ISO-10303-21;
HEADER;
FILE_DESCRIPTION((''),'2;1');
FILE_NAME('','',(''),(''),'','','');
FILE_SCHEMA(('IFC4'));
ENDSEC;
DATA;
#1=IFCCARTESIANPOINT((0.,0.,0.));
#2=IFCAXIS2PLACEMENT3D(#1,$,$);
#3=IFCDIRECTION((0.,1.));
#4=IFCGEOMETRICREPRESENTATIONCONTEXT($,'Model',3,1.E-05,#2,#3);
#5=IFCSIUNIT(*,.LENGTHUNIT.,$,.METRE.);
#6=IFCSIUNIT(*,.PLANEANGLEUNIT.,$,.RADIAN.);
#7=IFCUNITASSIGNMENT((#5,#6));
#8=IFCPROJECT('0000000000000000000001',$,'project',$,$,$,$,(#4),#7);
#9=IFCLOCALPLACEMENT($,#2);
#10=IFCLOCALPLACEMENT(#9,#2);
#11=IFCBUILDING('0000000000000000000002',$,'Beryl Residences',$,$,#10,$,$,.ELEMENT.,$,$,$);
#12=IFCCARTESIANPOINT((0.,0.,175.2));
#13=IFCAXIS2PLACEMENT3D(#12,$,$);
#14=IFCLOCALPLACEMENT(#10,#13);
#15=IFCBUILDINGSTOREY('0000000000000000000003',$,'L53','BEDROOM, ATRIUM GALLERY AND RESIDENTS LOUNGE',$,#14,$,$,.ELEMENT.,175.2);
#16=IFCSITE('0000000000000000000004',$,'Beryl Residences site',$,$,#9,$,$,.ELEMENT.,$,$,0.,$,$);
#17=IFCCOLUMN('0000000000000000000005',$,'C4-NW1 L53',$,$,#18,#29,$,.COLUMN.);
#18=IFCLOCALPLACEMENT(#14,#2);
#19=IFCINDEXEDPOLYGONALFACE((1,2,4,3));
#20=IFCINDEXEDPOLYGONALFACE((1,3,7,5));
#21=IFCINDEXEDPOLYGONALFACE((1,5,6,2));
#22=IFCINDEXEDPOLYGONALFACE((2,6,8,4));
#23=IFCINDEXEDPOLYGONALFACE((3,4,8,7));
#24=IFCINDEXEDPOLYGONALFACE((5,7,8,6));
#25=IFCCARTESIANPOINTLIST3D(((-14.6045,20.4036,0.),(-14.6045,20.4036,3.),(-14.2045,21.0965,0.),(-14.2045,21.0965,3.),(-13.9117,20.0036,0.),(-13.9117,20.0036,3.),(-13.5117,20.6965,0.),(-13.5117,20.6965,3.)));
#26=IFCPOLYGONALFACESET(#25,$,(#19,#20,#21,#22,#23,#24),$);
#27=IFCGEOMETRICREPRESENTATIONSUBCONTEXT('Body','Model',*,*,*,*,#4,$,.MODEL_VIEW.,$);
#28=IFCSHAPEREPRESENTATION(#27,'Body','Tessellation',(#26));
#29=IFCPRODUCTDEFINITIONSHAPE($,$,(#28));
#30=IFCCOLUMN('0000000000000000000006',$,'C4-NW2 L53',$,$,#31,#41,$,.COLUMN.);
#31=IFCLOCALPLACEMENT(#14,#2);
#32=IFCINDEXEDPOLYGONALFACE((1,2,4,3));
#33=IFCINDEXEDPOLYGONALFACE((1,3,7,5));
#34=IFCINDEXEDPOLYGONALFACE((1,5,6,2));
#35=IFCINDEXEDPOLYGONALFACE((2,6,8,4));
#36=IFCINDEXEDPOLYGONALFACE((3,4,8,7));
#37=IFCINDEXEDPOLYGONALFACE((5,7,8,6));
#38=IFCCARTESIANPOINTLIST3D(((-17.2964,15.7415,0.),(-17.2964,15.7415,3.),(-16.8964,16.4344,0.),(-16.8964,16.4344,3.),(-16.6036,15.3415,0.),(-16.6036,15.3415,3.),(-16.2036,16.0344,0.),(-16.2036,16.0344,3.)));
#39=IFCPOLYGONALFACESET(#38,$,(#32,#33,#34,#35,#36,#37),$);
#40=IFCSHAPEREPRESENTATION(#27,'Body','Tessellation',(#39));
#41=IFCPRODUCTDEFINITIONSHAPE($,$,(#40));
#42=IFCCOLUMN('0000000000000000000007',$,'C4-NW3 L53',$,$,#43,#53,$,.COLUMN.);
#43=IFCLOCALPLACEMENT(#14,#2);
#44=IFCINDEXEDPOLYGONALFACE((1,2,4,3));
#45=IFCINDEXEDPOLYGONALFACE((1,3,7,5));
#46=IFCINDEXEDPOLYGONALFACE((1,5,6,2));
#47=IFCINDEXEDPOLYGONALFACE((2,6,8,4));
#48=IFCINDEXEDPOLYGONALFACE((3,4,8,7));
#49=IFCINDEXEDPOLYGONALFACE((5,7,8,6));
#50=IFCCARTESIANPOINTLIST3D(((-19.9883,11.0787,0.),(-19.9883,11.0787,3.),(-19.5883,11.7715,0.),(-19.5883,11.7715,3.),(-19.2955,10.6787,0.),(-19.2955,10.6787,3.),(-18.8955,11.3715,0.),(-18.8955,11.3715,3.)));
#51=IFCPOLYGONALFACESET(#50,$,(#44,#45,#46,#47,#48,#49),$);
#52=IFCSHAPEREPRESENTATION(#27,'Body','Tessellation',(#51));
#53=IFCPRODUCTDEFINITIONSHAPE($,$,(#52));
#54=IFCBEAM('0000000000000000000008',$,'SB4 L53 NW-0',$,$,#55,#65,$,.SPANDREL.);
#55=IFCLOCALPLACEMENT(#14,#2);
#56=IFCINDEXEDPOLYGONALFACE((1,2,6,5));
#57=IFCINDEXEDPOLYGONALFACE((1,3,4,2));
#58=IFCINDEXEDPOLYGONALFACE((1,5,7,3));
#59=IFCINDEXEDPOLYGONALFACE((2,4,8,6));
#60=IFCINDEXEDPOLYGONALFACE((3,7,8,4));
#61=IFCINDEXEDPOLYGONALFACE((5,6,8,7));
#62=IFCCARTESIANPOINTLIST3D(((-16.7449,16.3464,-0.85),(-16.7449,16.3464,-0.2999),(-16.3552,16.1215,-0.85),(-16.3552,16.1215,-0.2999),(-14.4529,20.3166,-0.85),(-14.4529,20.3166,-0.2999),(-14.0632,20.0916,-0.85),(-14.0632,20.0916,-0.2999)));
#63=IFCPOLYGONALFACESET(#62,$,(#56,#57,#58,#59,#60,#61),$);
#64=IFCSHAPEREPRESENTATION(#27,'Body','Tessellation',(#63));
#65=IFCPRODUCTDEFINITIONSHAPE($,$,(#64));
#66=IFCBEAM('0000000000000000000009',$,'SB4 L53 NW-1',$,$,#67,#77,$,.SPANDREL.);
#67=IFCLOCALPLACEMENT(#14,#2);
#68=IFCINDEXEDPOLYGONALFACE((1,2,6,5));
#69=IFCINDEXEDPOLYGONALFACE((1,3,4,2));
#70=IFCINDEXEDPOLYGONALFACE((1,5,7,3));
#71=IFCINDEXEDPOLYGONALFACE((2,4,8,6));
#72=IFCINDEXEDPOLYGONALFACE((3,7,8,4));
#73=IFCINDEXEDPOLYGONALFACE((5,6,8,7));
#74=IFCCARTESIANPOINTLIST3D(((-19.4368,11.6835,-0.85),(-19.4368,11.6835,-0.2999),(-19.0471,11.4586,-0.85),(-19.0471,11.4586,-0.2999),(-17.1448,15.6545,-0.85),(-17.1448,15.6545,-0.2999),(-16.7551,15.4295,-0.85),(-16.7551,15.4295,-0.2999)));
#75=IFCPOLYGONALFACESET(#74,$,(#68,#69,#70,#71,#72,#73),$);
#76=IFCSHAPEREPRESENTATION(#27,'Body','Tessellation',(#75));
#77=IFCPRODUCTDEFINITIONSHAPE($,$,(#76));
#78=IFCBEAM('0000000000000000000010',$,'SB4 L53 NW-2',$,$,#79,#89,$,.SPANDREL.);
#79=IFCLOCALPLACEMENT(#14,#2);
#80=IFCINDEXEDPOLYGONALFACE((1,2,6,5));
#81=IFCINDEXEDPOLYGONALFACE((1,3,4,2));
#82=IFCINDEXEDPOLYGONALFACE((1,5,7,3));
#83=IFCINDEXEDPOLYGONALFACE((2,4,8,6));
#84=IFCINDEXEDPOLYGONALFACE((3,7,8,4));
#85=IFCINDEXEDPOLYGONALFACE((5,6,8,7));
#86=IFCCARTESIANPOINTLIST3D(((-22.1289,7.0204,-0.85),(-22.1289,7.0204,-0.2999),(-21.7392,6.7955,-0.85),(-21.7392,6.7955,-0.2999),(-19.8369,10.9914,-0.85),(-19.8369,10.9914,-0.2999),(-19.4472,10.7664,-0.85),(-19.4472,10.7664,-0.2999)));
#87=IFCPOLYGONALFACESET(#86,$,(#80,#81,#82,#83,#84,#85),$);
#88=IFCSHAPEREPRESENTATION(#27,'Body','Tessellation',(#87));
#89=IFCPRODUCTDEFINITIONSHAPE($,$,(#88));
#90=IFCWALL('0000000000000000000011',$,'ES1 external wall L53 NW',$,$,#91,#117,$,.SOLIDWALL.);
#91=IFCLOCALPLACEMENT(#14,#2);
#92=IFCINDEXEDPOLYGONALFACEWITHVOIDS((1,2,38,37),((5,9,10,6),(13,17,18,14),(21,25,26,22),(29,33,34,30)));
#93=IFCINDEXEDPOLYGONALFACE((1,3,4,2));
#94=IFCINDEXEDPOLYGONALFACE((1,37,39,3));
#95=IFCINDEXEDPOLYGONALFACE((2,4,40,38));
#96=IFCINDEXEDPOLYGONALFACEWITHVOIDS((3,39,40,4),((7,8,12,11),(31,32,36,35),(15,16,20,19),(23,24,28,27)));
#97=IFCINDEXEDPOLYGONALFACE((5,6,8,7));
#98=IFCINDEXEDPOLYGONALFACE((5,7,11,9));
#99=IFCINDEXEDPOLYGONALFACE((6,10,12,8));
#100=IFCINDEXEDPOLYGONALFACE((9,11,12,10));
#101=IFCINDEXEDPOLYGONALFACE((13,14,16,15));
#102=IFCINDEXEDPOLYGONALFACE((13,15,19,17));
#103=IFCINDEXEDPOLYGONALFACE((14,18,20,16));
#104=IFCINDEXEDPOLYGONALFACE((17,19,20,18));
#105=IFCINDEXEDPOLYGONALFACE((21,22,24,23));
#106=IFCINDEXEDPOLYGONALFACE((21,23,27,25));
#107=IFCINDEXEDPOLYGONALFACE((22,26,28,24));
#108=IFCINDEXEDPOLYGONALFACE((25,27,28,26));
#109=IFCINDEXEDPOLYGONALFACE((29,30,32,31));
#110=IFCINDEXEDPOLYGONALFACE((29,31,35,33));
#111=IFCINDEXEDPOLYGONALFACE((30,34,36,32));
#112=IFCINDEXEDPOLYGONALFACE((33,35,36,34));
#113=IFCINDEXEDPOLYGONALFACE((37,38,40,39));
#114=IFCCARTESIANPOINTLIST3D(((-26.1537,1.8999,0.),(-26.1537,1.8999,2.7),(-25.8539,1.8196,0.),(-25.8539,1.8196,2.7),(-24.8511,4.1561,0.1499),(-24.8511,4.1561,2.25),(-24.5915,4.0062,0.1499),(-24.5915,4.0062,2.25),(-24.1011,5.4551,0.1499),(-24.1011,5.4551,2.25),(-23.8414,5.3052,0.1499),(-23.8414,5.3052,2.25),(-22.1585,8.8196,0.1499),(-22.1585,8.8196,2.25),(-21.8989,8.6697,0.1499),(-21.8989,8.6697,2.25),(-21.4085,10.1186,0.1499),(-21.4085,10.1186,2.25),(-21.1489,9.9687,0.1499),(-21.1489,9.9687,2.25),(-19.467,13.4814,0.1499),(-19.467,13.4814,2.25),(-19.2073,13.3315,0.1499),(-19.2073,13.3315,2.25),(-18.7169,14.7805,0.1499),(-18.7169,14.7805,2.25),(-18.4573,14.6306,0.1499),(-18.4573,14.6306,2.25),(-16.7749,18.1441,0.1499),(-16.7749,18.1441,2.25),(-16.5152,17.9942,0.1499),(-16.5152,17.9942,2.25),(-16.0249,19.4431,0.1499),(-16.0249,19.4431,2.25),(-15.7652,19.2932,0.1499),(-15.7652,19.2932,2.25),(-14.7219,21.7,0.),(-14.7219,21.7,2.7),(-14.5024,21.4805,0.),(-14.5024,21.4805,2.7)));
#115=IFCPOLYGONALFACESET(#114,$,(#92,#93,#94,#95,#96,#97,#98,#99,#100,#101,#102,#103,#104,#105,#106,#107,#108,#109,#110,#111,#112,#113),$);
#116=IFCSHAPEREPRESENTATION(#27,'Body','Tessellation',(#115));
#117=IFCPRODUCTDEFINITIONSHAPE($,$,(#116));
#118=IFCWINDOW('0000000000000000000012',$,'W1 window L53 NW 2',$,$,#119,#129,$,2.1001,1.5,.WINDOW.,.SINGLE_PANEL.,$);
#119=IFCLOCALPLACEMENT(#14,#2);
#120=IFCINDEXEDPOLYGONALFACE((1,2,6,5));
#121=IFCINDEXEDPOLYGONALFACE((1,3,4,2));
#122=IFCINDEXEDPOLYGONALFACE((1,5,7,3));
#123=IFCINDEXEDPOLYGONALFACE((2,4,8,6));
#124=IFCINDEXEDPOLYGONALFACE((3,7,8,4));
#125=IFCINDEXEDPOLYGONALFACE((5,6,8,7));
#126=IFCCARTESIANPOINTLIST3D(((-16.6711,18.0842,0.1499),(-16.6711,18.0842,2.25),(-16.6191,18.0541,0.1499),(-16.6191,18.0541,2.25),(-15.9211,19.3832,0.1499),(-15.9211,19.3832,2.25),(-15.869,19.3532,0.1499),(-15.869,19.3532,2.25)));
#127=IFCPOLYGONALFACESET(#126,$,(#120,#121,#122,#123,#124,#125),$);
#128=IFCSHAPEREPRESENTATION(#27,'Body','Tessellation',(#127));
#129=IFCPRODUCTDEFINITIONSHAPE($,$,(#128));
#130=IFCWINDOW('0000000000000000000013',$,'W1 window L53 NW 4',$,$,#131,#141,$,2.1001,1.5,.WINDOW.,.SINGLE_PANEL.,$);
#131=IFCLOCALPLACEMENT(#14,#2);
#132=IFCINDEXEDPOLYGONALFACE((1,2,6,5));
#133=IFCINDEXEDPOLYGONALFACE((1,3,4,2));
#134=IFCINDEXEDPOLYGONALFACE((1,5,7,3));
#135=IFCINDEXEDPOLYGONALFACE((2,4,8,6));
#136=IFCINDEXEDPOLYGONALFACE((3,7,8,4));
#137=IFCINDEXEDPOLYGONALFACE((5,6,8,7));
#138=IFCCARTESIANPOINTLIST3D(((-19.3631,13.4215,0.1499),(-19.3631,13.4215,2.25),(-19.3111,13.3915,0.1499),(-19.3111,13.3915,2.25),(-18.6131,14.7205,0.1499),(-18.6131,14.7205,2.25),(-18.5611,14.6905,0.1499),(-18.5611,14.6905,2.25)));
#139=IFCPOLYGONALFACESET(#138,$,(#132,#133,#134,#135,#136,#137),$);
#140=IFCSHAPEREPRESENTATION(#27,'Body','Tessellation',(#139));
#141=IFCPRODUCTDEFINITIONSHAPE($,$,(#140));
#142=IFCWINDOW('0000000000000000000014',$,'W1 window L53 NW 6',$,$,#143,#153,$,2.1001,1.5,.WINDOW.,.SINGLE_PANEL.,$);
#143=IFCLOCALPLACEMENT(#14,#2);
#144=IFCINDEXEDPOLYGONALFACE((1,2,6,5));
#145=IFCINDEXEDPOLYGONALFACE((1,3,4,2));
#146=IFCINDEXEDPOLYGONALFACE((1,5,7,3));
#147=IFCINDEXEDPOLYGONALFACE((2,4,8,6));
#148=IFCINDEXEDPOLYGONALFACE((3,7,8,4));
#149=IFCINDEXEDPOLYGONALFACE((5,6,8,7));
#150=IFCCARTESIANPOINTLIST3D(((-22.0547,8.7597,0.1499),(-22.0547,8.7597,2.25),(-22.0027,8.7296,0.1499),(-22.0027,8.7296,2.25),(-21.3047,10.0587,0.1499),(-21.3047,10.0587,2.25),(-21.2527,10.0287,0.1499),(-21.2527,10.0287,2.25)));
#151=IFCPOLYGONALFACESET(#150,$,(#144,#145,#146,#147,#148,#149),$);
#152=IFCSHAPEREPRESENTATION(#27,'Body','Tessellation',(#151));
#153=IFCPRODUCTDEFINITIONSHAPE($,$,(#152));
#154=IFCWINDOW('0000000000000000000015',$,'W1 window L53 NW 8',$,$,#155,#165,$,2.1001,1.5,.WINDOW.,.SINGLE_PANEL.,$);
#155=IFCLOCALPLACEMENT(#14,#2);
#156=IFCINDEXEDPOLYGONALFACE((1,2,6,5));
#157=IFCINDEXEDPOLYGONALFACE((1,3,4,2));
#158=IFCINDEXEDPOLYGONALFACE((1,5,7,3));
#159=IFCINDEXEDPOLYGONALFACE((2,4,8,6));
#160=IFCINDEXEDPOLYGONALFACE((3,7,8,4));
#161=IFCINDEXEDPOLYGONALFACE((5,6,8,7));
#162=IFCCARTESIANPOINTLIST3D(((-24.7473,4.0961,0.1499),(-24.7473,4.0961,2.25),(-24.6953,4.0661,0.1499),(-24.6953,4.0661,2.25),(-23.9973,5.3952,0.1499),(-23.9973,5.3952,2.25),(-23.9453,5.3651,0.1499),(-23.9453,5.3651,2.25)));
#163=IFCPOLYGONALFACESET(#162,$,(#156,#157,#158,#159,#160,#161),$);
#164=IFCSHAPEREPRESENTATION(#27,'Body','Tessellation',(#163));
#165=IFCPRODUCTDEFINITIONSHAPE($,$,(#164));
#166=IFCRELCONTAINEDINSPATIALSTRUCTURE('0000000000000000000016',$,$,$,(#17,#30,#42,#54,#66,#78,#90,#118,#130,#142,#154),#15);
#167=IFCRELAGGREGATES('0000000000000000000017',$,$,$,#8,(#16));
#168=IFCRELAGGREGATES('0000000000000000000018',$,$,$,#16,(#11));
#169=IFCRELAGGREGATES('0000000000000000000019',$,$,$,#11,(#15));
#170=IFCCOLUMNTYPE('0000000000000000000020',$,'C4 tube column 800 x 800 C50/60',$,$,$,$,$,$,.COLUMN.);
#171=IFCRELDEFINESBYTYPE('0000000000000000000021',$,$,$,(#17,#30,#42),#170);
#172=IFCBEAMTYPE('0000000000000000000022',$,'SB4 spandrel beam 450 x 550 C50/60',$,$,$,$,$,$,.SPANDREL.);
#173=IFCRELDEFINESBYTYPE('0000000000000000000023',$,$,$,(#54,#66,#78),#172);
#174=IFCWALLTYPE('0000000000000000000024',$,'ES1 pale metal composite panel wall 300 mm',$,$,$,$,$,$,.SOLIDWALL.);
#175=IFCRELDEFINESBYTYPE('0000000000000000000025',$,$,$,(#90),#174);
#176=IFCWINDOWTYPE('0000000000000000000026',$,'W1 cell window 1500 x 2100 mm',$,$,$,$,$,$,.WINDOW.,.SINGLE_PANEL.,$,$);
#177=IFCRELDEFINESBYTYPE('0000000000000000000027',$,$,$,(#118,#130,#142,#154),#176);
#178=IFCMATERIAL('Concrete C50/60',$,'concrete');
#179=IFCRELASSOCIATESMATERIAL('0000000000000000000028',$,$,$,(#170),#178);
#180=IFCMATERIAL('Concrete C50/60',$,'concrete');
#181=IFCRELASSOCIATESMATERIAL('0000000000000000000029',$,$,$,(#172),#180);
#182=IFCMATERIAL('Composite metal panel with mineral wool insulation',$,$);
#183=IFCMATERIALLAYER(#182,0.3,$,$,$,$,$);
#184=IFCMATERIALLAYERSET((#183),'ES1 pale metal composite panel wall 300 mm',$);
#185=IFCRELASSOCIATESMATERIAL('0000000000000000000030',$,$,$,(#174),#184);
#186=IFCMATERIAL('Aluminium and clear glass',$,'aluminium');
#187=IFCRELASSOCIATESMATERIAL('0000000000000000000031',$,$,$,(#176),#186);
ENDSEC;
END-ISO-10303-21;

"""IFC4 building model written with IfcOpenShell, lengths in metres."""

from ifc_helpers import new_model, si_unit, direction, frame, frame_2d, origin, origin_2d, place, context, subcontext, project, spatial, polyline, rectangle, outline, extrude, material, layer, layer_set, material_profile, profile_set, type_object, element, fill, save


model = new_model("IFC4")

# Units and contexts
model_context = context("Model", 3, precision=1e-05, world=origin(), true_north=direction((0.0, 1.0)))
body_context = subcontext(model_context, "Body", "Model", "MODEL_VIEW")
ifc_project = project(units=[si_unit("LENGTHUNIT", "METRE"), si_unit("PLANEANGLEUNIT", "RADIAN")], contexts=[model_context])

# Site, building, storey
site_placement = place(None, origin())
site = spatial("IfcSite", under=ifc_project, at=site_placement, Name="Beryl Residences site", CompositionType="ELEMENT", RefElevation=0.0)
building_placement = place(site_placement, origin())
building = spatial("IfcBuilding", under=site, at=building_placement, Name="Beryl Residences", CompositionType="ELEMENT")
storey_placement = place(building_placement, frame((0.0, 0.0, 175.2)))
storey = spatial("IfcBuildingStorey", under=building, at=storey_placement, Name="L53", Description="BEDROOM, ATRIUM GALLERY AND RESIDENTS LOUNGE", CompositionType="ELEMENT", Elevation=175.2)

# Columns
ifc_material_1 = material(Name="Concrete C50/60", Category="concrete")
ifc_material_profile_1 = material_profile(ifc_material_1, rectangle(XDim=0.8, YDim=0.8, at=origin_2d()))
ifc_profile_set_1 = profile_set([ifc_material_profile_1], Name="Concrete C50/60")
column_type = type_object("IfcColumnType", Name="C4 tube column 800 x 800 C50/60", PredefinedType="COLUMN", material=ifc_profile_set_1)
for number, where, z_axis, x_axis, name in (
    (1, (-14.0581, 20.55, 0.0), (0.0, 0.0, 1.0), (-0.5, -0.866025, 0.0), "C4-NW1 L53"),
    (2, (-16.75, 15.8879, 0.0), (0.0, 0.0, 1.0), (-0.5, -0.866025, 0.0), "C4-NW2 L53"),
    (3, (-19.4419, 11.2251, 0.0), (0.0, 0.0, 1.0), (-0.5, -0.866025, 0.0), "C4-NW3 L53"),
):
    element("IfcColumn", number, at=place(storey_placement, frame(where, z_axis=z_axis, x_axis=x_axis)), inside=storey, type_object=column_type, Name=name, PredefinedType="COLUMN", context=body_context, shape_type="SweptSolid", body=[
        extrude(rectangle(XDim=0.8, YDim=0.8, at=origin_2d()), origin(), (0.0, 0.0, 1.0), 3.0),
    ])

# Beams
ifc_material_2 = material(Name="Concrete C50/60", Category="concrete")
ifc_material_profile_2 = material_profile(ifc_material_2, rectangle(XDim=0.45, YDim=0.55, at=origin_2d()))
ifc_profile_set_2 = profile_set([ifc_material_profile_2], Name="Concrete C50/60")
beam_type = type_object("IfcBeamType", Name="SB4 spandrel beam 450 x 550 C50/60", PredefinedType="SPANDREL", material=ifc_profile_set_2)
beam_placement = place(storey_placement, frame((-14.2581, 20.2041, -0.575), z_axis=(-0.499965, -0.866045, 0.0), x_axis=(0.866045, -0.499965, 0.0)))
element("IfcBeam", 4, at=beam_placement, inside=storey, type_object=beam_type, Name="SB4 L53 NW-0", PredefinedType="SPANDREL", context=body_context, shape_type="SweptSolid", body=[
    extrude(rectangle(XDim=0.45, YDim=0.55, at=origin_2d()), origin(), (0.0, 0.0, 1.0), 4.5842),
])
for number, where, z_axis, x_axis, name in (
    (5, (-16.95, 15.542, -0.575), (-0.499896, -0.866085, 0.0), (0.866085, -0.499896, 0.0), "SB4 L53 NW-1"),
    (6, (-19.6421, 10.8789, -0.575), (-0.499896, -0.866085, 0.0), (0.866085, -0.499896, 0.0), "SB4 L53 NW-2"),
):
    element("IfcBeam", number, at=place(storey_placement, frame(where, z_axis=z_axis, x_axis=x_axis)), inside=storey, type_object=beam_type, Name=name, PredefinedType="SPANDREL", context=body_context, shape_type="SweptSolid", body=[
        extrude(rectangle(XDim=0.45, YDim=0.55, at=origin_2d()), origin(), (0.0, 0.0, 1.0), 4.585),
    ])

# Wall, openings, windows
ifc_material_3 = material(Name="Composite metal panel with mineral wool insulation")
ifc_layer_1 = layer(ifc_material_3, 0.3)
ifc_layer_set_1 = layer_set([ifc_layer_1], Name="ES1 pale metal composite panel wall 300 mm")
wall_type_1 = type_object("IfcWallType", Name="ES1 pale metal composite panel wall 300 mm", PredefinedType="SOLIDWALL", material=ifc_layer_set_1)
wall_1_placement = place(storey_placement, frame((-14.592, 21.625, 0.0), z_axis=(0.0, 0.0, 1.0), x_axis=(-0.500011, -0.866019, 0.0)))
wall_1 = element("IfcWall", 7, at=wall_1_placement, inside=storey, type_object=wall_type_1, Name="ES1 external wall L53 NW", PredefinedType="SOLIDWALL", context=body_context, shape_type="SweptSolid", body=[
    extrude(outline(polyline([(0.0, -0.1499), (22.8633, -0.1499), (22.783, 0.1499), (0.0803, 0.1499), (0.0, -0.1499)])), origin(), (0.0, 0.0, 1.0), 2.7),
])
opening_1_placement = place(wall_1_placement, frame((2.606, 0.0, 0.1499)))
opening_1 = element("IfcOpeningElement", 8, at=opening_1_placement, cuts=wall_1, PredefinedType="OPENING", context=body_context, shape_type="SweptSolid", body=[
    extrude(rectangle(XDim=1.5, YDim=2.1001, at=frame_2d((0.75, 1.05))), frame((0.0, 0.1599, 0.0), z_axis=(0.0, -1.0, 0.0), x_axis=(1.0, 0.0, 0.0)), (0.0, 0.0, 1.0), 0.3201),
])
opening_2_placement = place(wall_1_placement, frame((7.99, 0.0, 0.1499)))
opening_2 = element("IfcOpeningElement", 9, at=opening_2_placement, cuts=wall_1, PredefinedType="OPENING", context=body_context, shape_type="SweptSolid", body=[
    extrude(rectangle(XDim=1.5, YDim=2.1001, at=frame_2d((0.75, 1.05))), frame((0.0, 0.1599, 0.0), z_axis=(0.0, -1.0, 0.0), x_axis=(1.0, 0.0, 0.0)), (0.0, 0.0, 1.0), 0.3201),
])
opening_3_placement = place(wall_1_placement, frame((13.373, 0.0, 0.1499)))
opening_3 = element("IfcOpeningElement", 10, at=opening_3_placement, cuts=wall_1, PredefinedType="OPENING", context=body_context, shape_type="SweptSolid", body=[
    extrude(rectangle(XDim=1.5, YDim=2.1001, at=frame_2d((0.75, 1.05))), frame((0.0, 0.1599, 0.0), z_axis=(0.0, -1.0, 0.0), x_axis=(1.0, 0.0, 0.0)), (0.0, 0.0, 1.0), 0.3201),
])
opening_4_placement = place(wall_1_placement, frame((18.7581, 0.0, 0.1499)))
opening_4 = element("IfcOpeningElement", 11, at=opening_4_placement, cuts=wall_1, PredefinedType="OPENING", context=body_context, shape_type="SweptSolid", body=[
    extrude(rectangle(XDim=1.5, YDim=2.1001, at=frame_2d((0.75, 1.05))), frame((0.0, 0.1599, 0.0), z_axis=(0.0, -1.0, 0.0), x_axis=(1.0, 0.0, 0.0)), (0.0, 0.0, 1.0), 0.3201),
])
ifc_material_4 = material(Name="Aluminium and clear glass", Category="aluminium")
window_type = type_object("IfcWindowType", Name="W1 cell window 1500 x 2100 mm", PartitioningType="SINGLE_PANEL", PredefinedType="WINDOW", material=ifc_material_4)
window_1_placement = place(opening_1_placement, origin())
window_1 = element("IfcWindow", 12, at=window_1_placement, inside=storey, type_object=window_type, Name="W1 window L53 NW 2", OverallHeight=2.1001, OverallWidth=1.5, PartitioningType="SINGLE_PANEL", PredefinedType="WINDOW", context=body_context, shape_type="SweptSolid", body=[
    extrude(rectangle(XDim=1.5, YDim=2.1001, at=frame_2d((0.75, 1.05))), frame((0.0, 0.03, 0.0), z_axis=(0.0, -1.0, 0.0), x_axis=(1.0, 0.0, 0.0)), (0.0, 0.0, 1.0), 0.0601),
])
fill(opening_1, window_1)
window_2_placement = place(opening_2_placement, origin())
window_2 = element("IfcWindow", 13, at=window_2_placement, inside=storey, type_object=window_type, Name="W1 window L53 NW 4", OverallHeight=2.1001, OverallWidth=1.5, PartitioningType="SINGLE_PANEL", PredefinedType="WINDOW", context=body_context, shape_type="SweptSolid", body=[
    extrude(rectangle(XDim=1.5, YDim=2.1001, at=frame_2d((0.75, 1.05))), frame((0.0, 0.03, 0.0), z_axis=(0.0, -1.0, 0.0), x_axis=(1.0, 0.0, 0.0)), (0.0, 0.0, 1.0), 0.0601),
])
fill(opening_2, window_2)
window_3_placement = place(opening_3_placement, origin())
window_3 = element("IfcWindow", 14, at=window_3_placement, inside=storey, type_object=window_type, Name="W1 window L53 NW 6", OverallHeight=2.1001, OverallWidth=1.5, PartitioningType="SINGLE_PANEL", PredefinedType="WINDOW", context=body_context, shape_type="SweptSolid", body=[
    extrude(rectangle(XDim=1.5, YDim=2.1001, at=frame_2d((0.75, 1.05))), frame((0.0, 0.03, 0.0), z_axis=(0.0, -1.0, 0.0), x_axis=(1.0, 0.0, 0.0)), (0.0, 0.0, 1.0), 0.0601),
])
fill(opening_3, window_3)
window_4_placement = place(opening_4_placement, origin())
window_4 = element("IfcWindow", 15, at=window_4_placement, inside=storey, type_object=window_type, Name="W1 window L53 NW 8", OverallHeight=2.1001, OverallWidth=1.5, PartitioningType="SINGLE_PANEL", PredefinedType="WINDOW", context=body_context, shape_type="SweptSolid", body=[
    extrude(rectangle(XDim=1.5, YDim=2.1001, at=frame_2d((0.75, 1.05))), frame((0.0, 0.03, 0.0), z_axis=(0.0, -1.0, 0.0), x_axis=(1.0, 0.0, 0.0)), (0.0, 0.0, 1.0), 0.0601),
])
fill(opening_4, window_4)

save(model, "model.ifc")
